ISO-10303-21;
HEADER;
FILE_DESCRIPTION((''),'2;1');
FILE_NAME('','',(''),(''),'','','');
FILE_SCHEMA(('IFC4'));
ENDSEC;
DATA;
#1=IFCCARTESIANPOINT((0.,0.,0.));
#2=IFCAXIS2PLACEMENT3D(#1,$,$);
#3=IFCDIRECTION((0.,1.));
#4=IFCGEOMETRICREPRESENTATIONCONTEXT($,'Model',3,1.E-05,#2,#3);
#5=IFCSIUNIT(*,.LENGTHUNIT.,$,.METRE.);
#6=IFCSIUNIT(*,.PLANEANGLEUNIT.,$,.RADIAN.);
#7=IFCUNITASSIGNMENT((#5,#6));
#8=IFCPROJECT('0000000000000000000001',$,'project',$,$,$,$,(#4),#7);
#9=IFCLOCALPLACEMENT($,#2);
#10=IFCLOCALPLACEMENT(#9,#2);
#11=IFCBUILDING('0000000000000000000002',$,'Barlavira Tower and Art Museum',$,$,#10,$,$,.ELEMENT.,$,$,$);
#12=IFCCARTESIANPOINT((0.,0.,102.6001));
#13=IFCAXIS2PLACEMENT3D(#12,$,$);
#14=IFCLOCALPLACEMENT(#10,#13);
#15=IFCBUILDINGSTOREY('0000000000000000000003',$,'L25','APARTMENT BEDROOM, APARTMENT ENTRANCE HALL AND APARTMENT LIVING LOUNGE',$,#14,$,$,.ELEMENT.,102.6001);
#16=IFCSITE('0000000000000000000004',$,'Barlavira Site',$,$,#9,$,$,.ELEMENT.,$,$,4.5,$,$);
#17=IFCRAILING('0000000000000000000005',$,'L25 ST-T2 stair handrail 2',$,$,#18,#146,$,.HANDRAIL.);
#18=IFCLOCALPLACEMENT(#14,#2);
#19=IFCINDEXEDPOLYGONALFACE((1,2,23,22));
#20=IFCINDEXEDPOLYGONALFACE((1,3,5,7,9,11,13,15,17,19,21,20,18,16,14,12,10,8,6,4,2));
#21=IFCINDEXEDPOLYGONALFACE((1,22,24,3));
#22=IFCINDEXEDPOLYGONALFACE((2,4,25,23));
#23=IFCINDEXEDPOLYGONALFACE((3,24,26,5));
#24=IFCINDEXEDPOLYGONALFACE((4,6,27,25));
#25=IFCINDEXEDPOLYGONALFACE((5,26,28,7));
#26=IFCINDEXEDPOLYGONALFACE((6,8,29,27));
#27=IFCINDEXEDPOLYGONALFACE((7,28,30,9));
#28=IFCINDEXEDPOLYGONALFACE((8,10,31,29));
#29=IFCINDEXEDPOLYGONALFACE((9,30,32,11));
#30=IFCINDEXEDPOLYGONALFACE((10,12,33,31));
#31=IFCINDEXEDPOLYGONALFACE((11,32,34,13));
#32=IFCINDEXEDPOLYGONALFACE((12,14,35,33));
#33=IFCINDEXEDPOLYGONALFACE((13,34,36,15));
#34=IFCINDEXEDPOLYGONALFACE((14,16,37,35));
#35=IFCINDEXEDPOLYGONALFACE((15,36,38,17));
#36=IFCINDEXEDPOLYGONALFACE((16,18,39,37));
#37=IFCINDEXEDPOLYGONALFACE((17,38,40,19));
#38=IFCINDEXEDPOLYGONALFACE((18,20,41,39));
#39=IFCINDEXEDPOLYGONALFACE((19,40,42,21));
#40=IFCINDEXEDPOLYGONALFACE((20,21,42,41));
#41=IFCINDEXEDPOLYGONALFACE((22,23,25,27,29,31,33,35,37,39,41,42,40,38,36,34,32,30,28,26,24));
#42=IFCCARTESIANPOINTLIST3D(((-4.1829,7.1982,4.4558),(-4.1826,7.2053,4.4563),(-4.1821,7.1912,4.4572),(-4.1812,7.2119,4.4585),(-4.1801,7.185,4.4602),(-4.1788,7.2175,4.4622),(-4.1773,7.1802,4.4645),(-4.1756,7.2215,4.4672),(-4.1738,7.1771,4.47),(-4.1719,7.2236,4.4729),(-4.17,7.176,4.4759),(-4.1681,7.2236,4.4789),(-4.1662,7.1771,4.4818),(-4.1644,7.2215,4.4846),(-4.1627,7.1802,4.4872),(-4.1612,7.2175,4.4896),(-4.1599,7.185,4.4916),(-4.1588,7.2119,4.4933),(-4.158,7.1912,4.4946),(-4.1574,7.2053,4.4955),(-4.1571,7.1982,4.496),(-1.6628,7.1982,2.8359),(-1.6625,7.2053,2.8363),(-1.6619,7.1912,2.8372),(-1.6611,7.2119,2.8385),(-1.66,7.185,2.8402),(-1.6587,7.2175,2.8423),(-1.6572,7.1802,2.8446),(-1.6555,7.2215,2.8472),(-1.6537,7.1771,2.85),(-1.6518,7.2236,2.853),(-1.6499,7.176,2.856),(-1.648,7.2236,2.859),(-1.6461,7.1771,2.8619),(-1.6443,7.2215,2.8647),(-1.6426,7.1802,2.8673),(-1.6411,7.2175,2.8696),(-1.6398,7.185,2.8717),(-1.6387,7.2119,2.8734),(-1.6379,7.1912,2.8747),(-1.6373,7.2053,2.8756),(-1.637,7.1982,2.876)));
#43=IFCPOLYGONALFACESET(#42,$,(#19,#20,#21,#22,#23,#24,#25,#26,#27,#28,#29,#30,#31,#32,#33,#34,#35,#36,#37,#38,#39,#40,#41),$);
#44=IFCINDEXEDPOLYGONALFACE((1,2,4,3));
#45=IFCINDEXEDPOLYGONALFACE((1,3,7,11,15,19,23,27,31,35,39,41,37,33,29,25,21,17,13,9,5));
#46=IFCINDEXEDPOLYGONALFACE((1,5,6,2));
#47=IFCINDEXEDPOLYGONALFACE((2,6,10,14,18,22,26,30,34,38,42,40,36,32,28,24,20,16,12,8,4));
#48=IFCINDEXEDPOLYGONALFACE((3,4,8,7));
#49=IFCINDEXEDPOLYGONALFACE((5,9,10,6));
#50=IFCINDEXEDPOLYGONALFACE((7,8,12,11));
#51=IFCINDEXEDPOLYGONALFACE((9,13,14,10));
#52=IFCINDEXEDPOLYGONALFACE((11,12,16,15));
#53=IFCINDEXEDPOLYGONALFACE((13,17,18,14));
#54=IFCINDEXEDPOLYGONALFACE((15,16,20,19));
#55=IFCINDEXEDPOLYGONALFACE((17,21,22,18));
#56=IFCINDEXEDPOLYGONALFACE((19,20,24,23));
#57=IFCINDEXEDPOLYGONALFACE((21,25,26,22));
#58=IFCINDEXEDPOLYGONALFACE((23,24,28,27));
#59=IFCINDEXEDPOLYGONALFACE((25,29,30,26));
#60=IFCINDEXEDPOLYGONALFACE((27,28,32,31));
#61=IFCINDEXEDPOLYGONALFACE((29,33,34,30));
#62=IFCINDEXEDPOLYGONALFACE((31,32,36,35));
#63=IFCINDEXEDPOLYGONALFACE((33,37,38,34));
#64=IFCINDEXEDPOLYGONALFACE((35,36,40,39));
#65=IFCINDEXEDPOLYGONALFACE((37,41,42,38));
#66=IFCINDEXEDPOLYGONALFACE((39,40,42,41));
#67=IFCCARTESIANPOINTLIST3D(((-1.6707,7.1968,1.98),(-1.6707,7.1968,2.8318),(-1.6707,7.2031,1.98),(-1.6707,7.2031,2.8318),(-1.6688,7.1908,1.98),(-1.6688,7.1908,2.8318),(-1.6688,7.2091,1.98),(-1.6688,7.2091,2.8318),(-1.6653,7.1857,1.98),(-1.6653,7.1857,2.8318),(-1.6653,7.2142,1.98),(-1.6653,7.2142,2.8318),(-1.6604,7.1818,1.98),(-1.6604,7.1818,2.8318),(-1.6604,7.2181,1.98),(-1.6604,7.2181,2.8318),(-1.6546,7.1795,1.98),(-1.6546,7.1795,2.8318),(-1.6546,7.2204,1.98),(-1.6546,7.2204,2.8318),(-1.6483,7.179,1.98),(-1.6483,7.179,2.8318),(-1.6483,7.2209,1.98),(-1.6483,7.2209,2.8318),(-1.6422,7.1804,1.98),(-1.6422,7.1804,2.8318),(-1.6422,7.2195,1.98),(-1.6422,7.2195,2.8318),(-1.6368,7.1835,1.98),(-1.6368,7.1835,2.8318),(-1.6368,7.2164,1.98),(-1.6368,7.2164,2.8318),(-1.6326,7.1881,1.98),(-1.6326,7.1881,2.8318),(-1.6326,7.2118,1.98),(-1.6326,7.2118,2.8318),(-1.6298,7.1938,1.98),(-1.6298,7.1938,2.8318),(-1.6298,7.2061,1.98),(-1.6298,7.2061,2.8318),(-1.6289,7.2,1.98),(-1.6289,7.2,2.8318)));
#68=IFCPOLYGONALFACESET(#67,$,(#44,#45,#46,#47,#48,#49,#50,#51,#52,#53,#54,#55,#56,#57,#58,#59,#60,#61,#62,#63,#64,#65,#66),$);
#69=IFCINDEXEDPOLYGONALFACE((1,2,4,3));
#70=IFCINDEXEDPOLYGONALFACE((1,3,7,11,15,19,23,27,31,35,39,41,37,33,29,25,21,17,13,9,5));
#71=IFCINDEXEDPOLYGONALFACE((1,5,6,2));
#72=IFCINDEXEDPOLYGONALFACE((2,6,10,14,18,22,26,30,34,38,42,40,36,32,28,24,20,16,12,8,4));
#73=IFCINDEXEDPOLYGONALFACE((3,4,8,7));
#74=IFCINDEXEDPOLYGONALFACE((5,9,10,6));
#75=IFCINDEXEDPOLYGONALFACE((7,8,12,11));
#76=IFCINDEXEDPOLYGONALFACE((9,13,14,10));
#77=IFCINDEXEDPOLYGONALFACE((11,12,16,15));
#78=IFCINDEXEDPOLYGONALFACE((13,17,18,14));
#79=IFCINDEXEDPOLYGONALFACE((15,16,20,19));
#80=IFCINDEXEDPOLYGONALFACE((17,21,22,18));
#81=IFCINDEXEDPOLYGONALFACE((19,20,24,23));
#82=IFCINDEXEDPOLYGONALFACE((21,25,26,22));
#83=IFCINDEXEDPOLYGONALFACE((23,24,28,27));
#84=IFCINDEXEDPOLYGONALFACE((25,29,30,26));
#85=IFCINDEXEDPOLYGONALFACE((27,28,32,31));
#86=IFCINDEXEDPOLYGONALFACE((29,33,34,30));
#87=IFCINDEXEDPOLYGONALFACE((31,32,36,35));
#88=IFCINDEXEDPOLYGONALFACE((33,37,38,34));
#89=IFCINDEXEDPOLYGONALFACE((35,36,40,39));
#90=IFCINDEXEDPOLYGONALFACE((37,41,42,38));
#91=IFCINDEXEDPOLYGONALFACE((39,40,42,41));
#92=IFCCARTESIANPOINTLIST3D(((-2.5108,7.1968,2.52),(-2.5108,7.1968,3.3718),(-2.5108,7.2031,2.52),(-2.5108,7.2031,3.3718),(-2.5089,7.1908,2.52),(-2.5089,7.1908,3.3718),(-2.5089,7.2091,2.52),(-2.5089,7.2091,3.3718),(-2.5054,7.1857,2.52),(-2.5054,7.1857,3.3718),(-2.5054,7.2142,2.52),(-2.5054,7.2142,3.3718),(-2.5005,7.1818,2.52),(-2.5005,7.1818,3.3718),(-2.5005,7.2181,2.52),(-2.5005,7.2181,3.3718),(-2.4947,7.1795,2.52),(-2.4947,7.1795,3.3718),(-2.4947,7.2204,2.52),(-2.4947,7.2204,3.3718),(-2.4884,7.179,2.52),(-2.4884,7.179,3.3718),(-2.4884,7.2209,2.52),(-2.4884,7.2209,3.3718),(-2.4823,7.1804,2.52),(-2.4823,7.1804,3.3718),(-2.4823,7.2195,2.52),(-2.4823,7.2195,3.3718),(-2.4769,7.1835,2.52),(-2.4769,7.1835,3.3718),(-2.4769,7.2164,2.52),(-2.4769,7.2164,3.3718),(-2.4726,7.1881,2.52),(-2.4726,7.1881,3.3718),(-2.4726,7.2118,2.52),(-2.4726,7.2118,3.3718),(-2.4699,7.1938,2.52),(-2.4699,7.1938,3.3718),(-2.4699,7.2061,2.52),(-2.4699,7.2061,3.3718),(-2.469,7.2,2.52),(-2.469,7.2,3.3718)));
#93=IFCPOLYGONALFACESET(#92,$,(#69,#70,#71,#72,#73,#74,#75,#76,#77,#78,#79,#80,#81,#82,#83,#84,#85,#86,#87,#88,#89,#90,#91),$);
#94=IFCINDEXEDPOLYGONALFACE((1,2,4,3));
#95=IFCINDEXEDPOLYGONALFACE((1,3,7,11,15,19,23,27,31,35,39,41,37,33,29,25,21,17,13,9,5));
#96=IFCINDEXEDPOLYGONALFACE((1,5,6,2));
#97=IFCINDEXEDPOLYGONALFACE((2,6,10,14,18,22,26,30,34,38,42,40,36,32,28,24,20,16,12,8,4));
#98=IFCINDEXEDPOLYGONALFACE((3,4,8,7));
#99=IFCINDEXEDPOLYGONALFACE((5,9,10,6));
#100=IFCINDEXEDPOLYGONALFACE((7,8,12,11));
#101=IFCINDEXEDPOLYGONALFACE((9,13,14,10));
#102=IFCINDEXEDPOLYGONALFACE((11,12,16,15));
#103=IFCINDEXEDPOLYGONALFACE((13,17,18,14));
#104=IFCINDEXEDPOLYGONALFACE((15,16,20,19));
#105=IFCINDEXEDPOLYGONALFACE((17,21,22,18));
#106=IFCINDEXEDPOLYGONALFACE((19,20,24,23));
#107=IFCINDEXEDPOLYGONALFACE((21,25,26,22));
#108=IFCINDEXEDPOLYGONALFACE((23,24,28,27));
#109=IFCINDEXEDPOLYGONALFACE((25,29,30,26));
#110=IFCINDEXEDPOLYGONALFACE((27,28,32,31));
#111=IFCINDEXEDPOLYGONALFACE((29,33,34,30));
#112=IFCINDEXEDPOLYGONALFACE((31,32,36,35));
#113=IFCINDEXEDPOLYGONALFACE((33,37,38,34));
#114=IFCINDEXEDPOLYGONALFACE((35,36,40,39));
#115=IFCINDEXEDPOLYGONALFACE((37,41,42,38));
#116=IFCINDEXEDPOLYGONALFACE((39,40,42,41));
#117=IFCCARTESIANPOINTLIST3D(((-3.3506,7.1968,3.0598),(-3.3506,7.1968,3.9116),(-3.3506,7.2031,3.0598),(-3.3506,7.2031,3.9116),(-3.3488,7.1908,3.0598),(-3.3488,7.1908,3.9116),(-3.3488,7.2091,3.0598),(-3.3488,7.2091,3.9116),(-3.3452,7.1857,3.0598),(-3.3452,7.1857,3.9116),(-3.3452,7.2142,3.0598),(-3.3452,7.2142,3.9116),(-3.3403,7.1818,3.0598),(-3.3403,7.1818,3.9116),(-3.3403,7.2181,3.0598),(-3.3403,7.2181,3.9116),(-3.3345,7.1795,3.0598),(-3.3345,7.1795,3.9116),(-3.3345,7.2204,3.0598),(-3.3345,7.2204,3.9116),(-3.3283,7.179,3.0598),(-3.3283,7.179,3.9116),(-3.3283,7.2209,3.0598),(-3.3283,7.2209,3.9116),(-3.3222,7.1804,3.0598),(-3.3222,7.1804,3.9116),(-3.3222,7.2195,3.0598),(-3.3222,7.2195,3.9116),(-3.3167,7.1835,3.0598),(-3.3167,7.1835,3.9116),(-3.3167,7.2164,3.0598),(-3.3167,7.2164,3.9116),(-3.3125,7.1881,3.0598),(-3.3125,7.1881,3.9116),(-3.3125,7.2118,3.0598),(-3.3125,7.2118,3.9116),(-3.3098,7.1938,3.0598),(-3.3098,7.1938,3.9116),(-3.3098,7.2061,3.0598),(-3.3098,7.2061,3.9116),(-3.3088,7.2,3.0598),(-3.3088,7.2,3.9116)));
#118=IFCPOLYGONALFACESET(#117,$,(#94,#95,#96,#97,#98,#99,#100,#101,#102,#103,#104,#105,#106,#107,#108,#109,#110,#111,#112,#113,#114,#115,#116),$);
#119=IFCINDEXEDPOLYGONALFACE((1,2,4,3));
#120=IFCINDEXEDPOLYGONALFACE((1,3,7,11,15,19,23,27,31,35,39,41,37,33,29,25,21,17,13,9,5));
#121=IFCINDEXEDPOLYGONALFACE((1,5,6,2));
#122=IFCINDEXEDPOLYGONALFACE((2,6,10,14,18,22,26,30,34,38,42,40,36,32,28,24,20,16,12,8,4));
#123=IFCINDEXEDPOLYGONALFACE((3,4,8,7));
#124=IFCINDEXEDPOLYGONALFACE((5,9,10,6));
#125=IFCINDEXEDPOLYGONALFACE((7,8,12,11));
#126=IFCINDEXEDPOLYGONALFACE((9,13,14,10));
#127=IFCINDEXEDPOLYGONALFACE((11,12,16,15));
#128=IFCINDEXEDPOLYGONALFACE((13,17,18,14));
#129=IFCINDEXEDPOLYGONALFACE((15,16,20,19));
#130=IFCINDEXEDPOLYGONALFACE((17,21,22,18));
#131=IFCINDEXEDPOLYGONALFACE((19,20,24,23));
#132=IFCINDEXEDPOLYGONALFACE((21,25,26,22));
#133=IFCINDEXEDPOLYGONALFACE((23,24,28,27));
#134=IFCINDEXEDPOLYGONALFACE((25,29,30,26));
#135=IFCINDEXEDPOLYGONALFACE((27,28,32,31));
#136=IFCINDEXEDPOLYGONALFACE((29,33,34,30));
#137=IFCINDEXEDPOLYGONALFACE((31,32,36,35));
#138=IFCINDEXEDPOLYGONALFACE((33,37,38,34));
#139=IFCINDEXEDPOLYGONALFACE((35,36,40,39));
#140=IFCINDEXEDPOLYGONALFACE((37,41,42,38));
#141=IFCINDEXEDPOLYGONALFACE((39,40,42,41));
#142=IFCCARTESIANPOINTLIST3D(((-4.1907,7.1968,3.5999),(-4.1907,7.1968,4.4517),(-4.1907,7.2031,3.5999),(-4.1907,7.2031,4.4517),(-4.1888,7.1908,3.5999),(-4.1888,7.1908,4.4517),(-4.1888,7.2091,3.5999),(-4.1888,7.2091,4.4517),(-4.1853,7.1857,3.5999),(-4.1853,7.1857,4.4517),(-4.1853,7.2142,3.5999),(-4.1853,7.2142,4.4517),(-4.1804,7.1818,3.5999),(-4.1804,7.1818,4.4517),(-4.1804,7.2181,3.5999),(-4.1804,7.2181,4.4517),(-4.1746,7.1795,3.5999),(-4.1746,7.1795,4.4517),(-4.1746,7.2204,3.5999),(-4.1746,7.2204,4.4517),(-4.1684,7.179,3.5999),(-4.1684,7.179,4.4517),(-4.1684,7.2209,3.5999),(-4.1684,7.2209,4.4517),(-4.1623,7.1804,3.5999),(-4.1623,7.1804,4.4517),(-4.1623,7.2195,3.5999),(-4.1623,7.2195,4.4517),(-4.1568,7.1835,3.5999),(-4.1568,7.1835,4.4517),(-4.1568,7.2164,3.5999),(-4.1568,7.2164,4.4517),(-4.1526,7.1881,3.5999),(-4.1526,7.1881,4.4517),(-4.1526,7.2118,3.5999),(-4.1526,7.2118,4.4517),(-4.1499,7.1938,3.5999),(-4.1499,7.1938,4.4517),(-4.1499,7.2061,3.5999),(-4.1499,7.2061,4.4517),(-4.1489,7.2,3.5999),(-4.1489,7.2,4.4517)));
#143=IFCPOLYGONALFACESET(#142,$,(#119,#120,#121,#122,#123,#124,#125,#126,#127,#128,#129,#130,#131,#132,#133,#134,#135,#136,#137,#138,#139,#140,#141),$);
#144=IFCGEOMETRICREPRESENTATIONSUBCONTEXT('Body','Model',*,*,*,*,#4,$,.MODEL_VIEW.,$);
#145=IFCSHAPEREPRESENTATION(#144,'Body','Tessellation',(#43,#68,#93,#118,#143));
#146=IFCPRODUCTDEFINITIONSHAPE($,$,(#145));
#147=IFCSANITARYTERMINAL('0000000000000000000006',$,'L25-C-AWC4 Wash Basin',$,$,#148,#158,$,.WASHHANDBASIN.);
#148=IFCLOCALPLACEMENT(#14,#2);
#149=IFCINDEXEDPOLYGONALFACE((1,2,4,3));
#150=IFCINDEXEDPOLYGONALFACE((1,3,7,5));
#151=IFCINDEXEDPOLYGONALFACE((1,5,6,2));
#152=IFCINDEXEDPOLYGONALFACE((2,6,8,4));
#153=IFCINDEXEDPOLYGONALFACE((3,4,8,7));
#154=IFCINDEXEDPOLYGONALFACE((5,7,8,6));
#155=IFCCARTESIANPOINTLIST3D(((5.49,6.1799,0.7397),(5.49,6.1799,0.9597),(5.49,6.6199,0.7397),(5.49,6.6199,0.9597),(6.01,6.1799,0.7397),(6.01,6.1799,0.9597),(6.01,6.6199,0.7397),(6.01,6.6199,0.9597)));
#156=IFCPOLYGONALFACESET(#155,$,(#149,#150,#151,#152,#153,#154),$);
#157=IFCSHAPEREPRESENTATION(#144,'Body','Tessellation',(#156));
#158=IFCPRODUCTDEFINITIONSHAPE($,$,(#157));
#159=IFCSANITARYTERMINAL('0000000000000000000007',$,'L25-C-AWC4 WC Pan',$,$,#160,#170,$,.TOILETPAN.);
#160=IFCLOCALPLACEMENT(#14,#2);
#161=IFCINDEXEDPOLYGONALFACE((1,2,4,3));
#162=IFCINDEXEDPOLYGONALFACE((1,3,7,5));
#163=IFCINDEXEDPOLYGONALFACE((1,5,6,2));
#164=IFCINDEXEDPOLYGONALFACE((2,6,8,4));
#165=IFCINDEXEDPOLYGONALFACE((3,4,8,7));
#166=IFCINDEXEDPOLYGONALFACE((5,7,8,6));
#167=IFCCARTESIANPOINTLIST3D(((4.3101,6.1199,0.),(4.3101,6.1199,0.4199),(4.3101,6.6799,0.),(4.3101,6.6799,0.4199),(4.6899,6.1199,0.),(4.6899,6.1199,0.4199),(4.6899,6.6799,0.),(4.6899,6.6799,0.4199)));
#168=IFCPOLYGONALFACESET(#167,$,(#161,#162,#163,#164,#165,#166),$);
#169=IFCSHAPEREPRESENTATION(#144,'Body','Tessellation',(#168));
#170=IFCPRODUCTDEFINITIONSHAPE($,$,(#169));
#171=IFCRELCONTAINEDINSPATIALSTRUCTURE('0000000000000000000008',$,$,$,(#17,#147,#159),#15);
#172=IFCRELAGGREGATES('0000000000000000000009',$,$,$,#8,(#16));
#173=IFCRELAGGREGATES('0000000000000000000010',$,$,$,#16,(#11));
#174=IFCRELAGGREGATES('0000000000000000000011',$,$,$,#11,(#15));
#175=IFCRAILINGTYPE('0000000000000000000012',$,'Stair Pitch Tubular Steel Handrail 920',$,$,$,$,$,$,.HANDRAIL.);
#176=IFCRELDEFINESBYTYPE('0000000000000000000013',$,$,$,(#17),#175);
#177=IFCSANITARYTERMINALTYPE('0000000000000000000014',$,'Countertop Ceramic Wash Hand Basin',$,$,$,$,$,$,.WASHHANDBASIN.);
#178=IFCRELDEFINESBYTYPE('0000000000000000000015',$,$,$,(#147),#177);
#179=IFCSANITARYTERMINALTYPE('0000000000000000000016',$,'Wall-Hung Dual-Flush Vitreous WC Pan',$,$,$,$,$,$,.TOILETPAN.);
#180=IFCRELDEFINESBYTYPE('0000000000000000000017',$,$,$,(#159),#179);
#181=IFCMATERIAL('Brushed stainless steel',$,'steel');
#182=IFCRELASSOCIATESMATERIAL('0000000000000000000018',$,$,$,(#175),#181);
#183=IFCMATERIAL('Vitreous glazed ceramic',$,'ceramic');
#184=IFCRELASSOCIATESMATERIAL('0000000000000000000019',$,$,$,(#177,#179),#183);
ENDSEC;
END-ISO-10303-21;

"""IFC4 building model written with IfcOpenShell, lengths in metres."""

from ifc_helpers import new_model, si_unit, direction, frame, origin, origin_2d, place, context, subcontext, project, spatial, rectangle, circle, extrude, material, type_object, element, save


model = new_model("IFC4")

# Units and contexts
model_context = context("Model", 3, precision=1e-05, world=origin(), true_north=direction((0.0, 1.0)))
body_context = subcontext(model_context, "Body", "Model", "MODEL_VIEW")
ifc_project = project(units=[si_unit("LENGTHUNIT", "METRE"), si_unit("PLANEANGLEUNIT", "RADIAN")], contexts=[model_context])

# Site, building, storey
site_placement = place(None, origin())
site = spatial("IfcSite", under=ifc_project, at=site_placement, Name="Barlavira Site", CompositionType="ELEMENT", RefElevation=4.5)
building_placement = place(site_placement, origin())
building = spatial("IfcBuilding", under=site, at=building_placement, Name="Barlavira Tower and Art Museum", CompositionType="ELEMENT")
storey_placement = place(building_placement, frame((0.0, 0.0, 102.6001)))
storey = spatial("IfcBuildingStorey", under=building, at=storey_placement, Name="L25", Description="APARTMENT BEDROOM, APARTMENT ENTRANCE HALL AND APARTMENT LIVING LOUNGE", CompositionType="ELEMENT", Elevation=102.6001)

# Shared definitions
ifc_material_1 = material(Name="Brushed stainless steel", Category="steel")

# Railing
railing_type_1 = type_object("IfcRailingType", Name="Stair Pitch Tubular Steel Handrail 920", PredefinedType="HANDRAIL", material=ifc_material_1)
railing_1_placement = place(storey_placement, frame((-1.6499, 7.2, 1.98)))
element("IfcRailing", 1, at=railing_1_placement, inside=storey, type_object=railing_type_1, Name="L25 ST-T2 stair handrail 2", PredefinedType="HANDRAIL", context=body_context, shape_type="SweptSolid", body=[
    extrude(circle(Radius=0.0239, at=origin_2d()), frame((0.0, 0.0, 0.876), z_axis=(-0.8412, 0.0, 0.540725), x_axis=(0.0, -1.0, 0.0)), (0.0, 0.0, 1.0), 2.9958),
    extrude(circle(Radius=0.021, at=origin_2d()), origin(), (0.0, 0.0, 1.0), 0.8518),
    extrude(circle(Radius=0.021, at=origin_2d()), frame((-0.8401, 0.0, 0.54)), (0.0, 0.0, 1.0), 0.8518),
    extrude(circle(Radius=0.021, at=origin_2d()), frame((-1.6799, 0.0, 1.0798)), (0.0, 0.0, 1.0), 0.8518),
    extrude(circle(Radius=0.021, at=origin_2d()), frame((-2.52, 0.0, 1.6199)), (0.0, 0.0, 1.0), 0.8518),
])

# Sanitary terminals
ifc_material_2 = material(Name="Vitreous glazed ceramic", Category="ceramic")
sanitary_terminal_type_1 = type_object("IfcSanitaryTerminalType", Name="Countertop Ceramic Wash Hand Basin", PredefinedType="WASHHANDBASIN", material=ifc_material_2)
sanitary_terminal_1_placement = place(storey_placement, frame((5.75, 6.3999, 0.7397), z_axis=(0.0, 0.0, 1.0), x_axis=(1.0, 0.0, 0.0)))
element("IfcSanitaryTerminal", 2, at=sanitary_terminal_1_placement, inside=storey, type_object=sanitary_terminal_type_1, Name="L25-C-AWC4 Wash Basin", PredefinedType="WASHHANDBASIN", context=body_context, shape_type="SweptSolid", body=[
    extrude(rectangle(XDim=0.52, YDim=0.4399, at=origin_2d()), origin(), (0.0, 0.0, 1.0), 0.22),
])
sanitary_terminal_type_2 = type_object("IfcSanitaryTerminalType", Name="Wall-Hung Dual-Flush Vitreous WC Pan", PredefinedType="TOILETPAN", material=ifc_material_2)
sanitary_terminal_2_placement = place(storey_placement, frame((4.5, 6.3999, 0.0), z_axis=(0.0, 0.0, 1.0), x_axis=(1.0, 0.0, 0.0)))
element("IfcSanitaryTerminal", 3, at=sanitary_terminal_2_placement, inside=storey, type_object=sanitary_terminal_type_2, Name="L25-C-AWC4 WC Pan", PredefinedType="TOILETPAN", context=body_context, shape_type="SweptSolid", body=[
    extrude(rectangle(XDim=0.3799, YDim=0.5601, at=origin_2d()), origin(), (0.0, 0.0, 1.0), 0.4199),
])

save(model, "model.ifc")
